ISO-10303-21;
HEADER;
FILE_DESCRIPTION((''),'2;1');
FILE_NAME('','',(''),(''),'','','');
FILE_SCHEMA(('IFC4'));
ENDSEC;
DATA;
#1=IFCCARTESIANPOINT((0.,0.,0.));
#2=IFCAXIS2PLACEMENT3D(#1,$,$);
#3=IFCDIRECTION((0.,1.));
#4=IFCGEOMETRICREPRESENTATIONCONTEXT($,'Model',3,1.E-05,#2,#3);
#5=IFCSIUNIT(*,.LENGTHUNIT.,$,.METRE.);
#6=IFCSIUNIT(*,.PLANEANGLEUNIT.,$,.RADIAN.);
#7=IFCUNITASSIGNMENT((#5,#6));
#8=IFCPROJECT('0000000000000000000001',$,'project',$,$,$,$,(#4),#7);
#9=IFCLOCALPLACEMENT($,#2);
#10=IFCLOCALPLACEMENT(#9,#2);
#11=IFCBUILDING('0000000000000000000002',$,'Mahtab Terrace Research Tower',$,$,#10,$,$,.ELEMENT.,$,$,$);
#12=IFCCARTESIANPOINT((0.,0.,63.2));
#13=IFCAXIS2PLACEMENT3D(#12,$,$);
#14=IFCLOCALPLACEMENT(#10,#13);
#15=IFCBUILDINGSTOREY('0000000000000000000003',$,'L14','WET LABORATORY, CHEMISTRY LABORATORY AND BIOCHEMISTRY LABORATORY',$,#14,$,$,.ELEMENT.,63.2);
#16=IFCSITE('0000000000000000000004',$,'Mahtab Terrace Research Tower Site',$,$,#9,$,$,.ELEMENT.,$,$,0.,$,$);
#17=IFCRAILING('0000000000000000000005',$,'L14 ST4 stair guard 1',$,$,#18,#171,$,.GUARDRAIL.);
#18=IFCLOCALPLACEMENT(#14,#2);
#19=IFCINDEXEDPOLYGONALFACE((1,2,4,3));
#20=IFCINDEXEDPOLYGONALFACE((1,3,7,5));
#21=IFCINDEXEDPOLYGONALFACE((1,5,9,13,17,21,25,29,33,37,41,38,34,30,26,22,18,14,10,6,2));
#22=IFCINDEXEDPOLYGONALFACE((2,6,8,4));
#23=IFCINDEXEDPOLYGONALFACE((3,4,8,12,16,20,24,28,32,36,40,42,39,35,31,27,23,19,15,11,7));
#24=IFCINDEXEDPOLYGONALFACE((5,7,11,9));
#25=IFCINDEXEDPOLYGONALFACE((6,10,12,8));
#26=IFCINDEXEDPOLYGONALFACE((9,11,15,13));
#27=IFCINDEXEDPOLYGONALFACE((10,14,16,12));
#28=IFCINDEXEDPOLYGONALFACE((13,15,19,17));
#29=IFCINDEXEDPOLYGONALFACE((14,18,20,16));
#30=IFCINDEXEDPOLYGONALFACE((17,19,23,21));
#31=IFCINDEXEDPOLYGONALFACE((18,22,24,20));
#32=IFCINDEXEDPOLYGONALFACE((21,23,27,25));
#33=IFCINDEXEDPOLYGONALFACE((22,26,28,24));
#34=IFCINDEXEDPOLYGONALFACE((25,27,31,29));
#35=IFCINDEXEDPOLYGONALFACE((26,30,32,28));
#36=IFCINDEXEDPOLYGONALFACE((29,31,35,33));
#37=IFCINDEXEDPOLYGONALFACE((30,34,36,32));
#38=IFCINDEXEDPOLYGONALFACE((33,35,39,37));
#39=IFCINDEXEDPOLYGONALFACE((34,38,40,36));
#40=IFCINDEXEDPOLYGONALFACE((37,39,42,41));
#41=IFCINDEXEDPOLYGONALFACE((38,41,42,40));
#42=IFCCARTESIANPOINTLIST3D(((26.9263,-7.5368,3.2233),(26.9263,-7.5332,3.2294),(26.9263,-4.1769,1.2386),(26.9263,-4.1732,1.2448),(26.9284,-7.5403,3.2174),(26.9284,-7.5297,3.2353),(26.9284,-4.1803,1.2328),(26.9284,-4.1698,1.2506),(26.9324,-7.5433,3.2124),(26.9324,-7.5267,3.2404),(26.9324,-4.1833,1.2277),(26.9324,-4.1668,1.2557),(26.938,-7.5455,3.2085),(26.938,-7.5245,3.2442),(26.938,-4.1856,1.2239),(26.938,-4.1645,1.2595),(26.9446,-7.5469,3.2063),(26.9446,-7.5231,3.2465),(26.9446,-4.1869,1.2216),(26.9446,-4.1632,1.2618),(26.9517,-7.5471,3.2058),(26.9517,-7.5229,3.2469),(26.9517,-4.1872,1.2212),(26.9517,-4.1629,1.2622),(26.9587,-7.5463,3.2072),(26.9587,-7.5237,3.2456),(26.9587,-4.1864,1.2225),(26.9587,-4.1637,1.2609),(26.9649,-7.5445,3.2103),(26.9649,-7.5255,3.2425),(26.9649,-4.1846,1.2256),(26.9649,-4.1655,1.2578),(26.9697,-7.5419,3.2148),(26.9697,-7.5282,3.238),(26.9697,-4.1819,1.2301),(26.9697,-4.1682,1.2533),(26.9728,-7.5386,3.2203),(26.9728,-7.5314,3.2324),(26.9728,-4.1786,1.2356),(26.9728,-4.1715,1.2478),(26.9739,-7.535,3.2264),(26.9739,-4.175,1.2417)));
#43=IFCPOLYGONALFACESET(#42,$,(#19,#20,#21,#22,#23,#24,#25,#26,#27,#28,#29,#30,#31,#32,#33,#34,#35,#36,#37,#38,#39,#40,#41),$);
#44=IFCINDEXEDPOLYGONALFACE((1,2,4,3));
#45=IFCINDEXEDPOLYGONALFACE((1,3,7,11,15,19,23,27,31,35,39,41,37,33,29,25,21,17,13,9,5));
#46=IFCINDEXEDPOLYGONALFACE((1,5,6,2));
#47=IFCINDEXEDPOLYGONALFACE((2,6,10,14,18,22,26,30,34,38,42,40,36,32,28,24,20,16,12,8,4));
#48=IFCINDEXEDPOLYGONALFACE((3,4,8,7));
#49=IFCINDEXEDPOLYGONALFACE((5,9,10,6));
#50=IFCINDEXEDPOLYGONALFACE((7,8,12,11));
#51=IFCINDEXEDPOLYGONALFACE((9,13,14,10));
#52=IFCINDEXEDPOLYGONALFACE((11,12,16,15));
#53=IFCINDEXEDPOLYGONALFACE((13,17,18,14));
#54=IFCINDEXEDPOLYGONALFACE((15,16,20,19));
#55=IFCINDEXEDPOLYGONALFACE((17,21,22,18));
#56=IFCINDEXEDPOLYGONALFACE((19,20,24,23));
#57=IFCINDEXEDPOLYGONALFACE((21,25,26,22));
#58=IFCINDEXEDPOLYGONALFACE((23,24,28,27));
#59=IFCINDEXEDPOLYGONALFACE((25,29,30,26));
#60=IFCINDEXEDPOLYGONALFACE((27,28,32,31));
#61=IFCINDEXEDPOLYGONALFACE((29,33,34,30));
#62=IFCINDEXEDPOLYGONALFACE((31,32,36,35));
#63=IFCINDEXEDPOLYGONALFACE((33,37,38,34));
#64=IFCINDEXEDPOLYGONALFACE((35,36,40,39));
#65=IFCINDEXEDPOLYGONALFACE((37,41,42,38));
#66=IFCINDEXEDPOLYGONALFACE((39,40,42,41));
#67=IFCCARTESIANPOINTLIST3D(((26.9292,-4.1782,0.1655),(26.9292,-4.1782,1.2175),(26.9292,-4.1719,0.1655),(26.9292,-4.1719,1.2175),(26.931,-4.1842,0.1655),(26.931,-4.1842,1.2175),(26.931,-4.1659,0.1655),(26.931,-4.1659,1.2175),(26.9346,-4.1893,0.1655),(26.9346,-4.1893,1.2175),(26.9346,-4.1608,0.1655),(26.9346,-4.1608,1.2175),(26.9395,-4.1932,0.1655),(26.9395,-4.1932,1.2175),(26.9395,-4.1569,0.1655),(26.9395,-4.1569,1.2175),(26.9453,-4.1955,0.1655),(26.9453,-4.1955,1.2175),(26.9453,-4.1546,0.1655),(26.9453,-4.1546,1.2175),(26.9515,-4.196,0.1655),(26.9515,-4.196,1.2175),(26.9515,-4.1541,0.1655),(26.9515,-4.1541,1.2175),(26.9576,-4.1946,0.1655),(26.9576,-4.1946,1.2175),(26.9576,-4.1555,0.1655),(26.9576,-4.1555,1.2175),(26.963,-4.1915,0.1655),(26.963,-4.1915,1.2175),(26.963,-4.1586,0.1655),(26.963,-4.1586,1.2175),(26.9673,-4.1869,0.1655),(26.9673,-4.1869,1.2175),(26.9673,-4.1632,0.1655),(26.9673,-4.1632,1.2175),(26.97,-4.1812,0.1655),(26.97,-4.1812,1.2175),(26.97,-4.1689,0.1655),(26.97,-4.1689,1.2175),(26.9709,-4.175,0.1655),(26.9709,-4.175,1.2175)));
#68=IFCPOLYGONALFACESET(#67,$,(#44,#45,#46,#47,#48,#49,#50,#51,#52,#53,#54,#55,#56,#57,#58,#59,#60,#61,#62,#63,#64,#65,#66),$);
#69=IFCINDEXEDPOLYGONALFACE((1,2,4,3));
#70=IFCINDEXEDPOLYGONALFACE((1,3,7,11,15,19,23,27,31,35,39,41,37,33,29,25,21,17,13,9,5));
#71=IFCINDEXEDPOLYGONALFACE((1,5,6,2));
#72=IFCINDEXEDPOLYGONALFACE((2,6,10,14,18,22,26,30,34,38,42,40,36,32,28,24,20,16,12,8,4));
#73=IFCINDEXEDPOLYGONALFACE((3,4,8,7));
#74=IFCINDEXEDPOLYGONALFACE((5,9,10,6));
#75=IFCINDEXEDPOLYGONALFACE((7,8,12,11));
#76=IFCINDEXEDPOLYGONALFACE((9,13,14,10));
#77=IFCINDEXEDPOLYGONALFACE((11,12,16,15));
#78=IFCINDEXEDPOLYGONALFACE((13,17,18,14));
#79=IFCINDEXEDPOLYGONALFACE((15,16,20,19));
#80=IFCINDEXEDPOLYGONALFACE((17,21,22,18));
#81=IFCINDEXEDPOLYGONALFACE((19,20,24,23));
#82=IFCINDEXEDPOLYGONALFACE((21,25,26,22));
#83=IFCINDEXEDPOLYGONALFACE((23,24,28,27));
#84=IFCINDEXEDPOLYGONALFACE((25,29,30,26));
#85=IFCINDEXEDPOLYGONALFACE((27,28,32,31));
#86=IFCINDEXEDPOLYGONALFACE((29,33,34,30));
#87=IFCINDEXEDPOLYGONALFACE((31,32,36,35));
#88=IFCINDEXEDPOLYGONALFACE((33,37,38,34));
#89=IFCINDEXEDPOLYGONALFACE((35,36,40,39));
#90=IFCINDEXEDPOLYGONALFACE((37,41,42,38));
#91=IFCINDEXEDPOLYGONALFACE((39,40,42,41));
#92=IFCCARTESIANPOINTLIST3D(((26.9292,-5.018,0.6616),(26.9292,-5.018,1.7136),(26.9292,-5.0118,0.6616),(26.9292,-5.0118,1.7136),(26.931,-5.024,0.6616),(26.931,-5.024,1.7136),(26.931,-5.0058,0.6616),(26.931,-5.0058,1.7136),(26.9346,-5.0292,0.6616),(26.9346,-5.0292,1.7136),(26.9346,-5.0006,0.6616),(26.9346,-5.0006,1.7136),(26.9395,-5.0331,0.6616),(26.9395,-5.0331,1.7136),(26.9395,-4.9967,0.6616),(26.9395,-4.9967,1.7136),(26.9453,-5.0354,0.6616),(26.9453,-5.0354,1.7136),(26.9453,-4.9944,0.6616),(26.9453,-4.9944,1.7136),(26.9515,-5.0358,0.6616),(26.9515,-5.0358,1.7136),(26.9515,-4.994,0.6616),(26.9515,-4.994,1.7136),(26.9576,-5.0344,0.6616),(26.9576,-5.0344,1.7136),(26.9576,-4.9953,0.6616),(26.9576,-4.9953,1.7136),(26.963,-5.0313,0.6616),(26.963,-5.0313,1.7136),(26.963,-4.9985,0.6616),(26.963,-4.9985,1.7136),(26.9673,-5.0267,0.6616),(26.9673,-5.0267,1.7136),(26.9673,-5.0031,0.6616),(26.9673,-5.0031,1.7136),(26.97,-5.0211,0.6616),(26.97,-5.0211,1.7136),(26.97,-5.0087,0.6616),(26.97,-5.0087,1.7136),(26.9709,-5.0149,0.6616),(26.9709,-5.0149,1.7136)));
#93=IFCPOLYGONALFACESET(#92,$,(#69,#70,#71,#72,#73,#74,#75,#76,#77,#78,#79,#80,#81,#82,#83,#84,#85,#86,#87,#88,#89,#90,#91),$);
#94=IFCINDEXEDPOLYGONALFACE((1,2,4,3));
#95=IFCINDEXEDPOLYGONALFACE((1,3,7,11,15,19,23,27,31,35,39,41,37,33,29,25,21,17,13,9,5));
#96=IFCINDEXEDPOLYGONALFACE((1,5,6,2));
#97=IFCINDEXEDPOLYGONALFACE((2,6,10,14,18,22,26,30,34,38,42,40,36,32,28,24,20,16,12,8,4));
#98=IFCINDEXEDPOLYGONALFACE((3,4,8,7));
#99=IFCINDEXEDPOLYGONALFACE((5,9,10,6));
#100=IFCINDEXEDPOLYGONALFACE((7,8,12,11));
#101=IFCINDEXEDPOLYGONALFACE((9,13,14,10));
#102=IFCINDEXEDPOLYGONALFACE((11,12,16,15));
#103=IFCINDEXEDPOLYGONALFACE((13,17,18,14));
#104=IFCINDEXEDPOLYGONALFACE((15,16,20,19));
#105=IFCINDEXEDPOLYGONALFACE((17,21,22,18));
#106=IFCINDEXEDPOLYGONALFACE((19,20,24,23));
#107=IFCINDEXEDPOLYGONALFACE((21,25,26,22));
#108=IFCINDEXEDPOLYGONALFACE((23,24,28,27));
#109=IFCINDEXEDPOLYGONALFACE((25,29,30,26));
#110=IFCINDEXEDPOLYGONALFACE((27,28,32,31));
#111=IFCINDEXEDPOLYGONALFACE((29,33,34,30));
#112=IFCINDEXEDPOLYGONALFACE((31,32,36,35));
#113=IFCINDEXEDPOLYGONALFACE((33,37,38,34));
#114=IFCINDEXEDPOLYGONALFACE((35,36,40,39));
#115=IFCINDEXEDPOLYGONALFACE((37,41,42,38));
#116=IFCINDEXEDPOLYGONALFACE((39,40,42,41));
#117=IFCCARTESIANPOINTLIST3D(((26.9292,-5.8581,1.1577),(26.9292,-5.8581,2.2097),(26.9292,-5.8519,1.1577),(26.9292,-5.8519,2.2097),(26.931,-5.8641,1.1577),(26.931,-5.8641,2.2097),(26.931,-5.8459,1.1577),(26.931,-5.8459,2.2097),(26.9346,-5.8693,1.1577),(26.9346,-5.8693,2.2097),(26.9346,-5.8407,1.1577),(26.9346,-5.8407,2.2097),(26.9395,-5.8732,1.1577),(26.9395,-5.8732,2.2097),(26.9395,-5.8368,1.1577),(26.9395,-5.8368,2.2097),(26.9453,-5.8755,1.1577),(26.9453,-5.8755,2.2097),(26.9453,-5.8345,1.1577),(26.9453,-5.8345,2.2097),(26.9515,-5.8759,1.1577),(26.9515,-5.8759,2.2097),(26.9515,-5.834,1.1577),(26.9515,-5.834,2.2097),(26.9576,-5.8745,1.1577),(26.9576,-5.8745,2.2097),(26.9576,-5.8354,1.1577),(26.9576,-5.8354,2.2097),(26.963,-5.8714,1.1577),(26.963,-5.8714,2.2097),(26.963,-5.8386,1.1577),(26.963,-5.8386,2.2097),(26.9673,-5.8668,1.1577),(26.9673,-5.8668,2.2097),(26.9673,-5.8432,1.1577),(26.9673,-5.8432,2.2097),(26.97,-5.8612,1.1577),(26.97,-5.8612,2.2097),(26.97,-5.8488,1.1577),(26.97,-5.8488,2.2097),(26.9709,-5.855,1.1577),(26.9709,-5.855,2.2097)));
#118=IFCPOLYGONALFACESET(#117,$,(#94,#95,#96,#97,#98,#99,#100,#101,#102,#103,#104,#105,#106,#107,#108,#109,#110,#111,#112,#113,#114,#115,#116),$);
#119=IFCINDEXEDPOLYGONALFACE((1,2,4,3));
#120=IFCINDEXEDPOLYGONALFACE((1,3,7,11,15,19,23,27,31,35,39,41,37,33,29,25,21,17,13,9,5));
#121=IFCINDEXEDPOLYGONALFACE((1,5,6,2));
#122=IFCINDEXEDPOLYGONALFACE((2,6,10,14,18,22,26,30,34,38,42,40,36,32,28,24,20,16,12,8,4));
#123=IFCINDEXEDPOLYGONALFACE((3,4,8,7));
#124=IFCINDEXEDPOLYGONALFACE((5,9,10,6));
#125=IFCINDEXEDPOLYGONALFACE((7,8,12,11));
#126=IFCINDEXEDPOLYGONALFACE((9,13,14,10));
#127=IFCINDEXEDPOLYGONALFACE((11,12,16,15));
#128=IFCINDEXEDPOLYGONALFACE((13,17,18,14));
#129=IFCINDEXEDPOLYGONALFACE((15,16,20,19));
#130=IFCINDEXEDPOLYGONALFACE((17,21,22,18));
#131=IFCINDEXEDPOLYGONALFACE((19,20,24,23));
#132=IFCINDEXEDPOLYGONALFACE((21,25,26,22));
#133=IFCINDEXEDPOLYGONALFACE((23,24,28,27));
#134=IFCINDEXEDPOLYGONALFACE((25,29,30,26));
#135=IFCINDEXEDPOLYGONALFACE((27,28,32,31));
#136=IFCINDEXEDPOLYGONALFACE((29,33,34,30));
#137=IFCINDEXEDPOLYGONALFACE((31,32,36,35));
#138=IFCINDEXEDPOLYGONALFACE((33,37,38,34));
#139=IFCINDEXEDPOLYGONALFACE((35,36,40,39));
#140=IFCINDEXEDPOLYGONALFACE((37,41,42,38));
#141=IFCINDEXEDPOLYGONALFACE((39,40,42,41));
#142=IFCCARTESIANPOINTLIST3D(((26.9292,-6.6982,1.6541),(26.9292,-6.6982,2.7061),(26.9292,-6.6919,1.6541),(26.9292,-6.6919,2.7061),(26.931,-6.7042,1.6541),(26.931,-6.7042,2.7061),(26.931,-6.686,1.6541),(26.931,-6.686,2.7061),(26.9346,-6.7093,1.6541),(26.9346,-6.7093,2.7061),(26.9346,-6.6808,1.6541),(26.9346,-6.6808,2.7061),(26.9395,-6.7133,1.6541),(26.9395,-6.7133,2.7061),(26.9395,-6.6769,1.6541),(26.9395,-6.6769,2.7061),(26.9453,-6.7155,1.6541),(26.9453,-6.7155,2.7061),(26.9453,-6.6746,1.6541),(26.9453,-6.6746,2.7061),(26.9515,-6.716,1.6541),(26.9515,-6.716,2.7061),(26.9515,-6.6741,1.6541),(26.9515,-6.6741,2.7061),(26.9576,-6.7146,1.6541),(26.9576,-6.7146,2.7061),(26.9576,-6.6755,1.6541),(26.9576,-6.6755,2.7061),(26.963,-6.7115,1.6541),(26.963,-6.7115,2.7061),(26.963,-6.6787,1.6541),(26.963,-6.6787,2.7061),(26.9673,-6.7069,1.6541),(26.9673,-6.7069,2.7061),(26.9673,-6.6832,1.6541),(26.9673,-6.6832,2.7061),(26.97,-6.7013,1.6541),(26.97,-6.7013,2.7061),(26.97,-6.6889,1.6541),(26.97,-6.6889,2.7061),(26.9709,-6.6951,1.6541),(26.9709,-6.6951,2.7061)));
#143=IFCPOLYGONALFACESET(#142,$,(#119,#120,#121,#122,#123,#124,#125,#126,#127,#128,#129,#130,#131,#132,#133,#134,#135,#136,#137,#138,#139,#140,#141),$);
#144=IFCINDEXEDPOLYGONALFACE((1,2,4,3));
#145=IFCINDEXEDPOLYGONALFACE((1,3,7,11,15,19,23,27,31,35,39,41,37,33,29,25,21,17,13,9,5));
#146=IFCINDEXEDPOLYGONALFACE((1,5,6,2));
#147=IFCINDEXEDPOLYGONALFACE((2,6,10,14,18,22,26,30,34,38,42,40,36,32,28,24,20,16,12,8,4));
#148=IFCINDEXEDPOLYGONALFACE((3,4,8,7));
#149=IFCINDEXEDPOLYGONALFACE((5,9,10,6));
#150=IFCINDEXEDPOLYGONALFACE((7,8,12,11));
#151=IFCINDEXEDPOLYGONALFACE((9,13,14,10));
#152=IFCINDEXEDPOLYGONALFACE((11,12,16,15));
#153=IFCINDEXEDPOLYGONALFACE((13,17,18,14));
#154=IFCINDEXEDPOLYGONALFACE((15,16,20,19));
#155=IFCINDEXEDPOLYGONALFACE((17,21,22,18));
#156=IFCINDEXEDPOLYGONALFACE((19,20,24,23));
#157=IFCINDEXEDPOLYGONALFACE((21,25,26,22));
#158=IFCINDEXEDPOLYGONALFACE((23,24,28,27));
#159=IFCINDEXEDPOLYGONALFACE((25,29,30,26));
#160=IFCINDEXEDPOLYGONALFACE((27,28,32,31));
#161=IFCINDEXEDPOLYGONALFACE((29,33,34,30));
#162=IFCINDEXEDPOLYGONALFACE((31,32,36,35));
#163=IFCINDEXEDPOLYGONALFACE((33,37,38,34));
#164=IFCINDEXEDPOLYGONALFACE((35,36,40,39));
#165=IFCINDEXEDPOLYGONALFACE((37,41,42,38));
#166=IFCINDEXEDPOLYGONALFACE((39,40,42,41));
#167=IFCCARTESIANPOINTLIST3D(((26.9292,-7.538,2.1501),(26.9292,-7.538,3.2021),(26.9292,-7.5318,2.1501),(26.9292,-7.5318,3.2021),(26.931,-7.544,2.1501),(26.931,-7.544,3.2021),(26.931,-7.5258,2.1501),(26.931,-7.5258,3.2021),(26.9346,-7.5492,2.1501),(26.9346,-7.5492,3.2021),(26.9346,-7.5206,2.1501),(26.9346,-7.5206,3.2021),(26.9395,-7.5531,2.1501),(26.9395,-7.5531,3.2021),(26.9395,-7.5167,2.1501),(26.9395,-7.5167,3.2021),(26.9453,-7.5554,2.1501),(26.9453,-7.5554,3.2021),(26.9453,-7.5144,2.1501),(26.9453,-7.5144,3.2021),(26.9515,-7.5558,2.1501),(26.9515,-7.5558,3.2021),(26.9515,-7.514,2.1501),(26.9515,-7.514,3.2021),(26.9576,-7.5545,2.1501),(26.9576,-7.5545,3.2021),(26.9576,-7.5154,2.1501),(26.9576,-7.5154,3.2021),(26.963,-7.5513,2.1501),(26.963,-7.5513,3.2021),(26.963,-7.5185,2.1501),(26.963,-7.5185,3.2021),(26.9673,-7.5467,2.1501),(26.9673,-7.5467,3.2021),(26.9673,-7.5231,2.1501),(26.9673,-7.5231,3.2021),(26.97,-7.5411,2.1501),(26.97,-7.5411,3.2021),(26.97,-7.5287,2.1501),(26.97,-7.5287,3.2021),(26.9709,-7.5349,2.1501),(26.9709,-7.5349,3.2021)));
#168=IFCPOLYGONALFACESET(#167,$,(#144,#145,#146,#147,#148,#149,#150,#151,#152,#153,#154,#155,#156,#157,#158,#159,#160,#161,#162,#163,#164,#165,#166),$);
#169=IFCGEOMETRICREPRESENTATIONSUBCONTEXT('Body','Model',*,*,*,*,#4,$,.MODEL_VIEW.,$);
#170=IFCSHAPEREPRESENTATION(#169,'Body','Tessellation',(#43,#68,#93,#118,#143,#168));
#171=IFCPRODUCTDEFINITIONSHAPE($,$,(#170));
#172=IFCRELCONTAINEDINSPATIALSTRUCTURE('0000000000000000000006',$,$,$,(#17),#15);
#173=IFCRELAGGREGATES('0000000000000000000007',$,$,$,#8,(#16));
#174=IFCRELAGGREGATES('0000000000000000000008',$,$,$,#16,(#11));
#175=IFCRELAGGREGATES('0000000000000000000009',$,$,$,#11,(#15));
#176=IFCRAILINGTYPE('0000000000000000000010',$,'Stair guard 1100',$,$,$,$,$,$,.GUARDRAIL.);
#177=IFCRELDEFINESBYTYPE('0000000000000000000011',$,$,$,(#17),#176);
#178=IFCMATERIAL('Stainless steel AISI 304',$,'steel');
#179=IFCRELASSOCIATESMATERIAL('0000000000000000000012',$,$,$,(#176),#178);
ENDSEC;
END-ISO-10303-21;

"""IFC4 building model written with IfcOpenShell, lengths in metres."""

from ifc_helpers import new_model, si_unit, direction, frame, origin, origin_2d, place, context, subcontext, project, spatial, circle, extrude, material, type_object, element, save


model = new_model("IFC4")

# Units and contexts
model_context = context("Model", 3, precision=1e-05, world=origin(), true_north=direction((0.0, 1.0)))
body_context = subcontext(model_context, "Body", "Model", "MODEL_VIEW")
ifc_project = project(units=[si_unit("LENGTHUNIT", "METRE"), si_unit("PLANEANGLEUNIT", "RADIAN")], contexts=[model_context])

# Site, building, storey
site_placement = place(None, origin())
site = spatial("IfcSite", under=ifc_project, at=site_placement, Name="Mahtab Terrace Research Tower Site", CompositionType="ELEMENT", RefElevation=0.0)
building_placement = place(site_placement, origin())
building = spatial("IfcBuilding", under=site, at=building_placement, Name="Mahtab Terrace Research Tower", CompositionType="ELEMENT")
storey_placement = place(building_placement, frame((0.0, 0.0, 63.2)))
storey = spatial("IfcBuildingStorey", under=building, at=storey_placement, Name="L14", Description="WET LABORATORY, CHEMISTRY LABORATORY AND BIOCHEMISTRY LABORATORY", CompositionType="ELEMENT", Elevation=63.2)

# Railing
ifc_material_1 = material(Name="Stainless steel AISI 304", Category="steel")
railing_type_1 = type_object("IfcRailingType", Name="Stair guard 1100", PredefinedType="GUARDRAIL", material=ifc_material_1)
railing_1_placement = place(storey_placement, frame((26.95, -4.175, 0.1655)))
element("IfcRailing", 1, at=railing_1_placement, inside=storey, type_object=railing_type_1, Name="L14 ST4 stair guard 1", PredefinedType="GUARDRAIL", context=body_context, shape_type="SweptSolid", body=[
    extrude(circle(Radius=0.0239, at=origin_2d()), frame((0.0, 0.0, 1.0762), z_axis=(0.0, -0.861011, 0.508586), x_axis=(1.0, 0.0, 0.0)), (0.0, 0.0, 1.0), 3.9023),
    extrude(circle(Radius=0.021, at=origin_2d()), origin(), (0.0, 0.0, 1.0), 1.052),
    extrude(circle(Radius=0.021, at=origin_2d()), frame((0.0, -0.8398, 0.4961)), (0.0, 0.0, 1.0), 1.052),
    extrude(circle(Radius=0.021, at=origin_2d()), frame((0.0, -1.6799, 0.9922)), (0.0, 0.0, 1.0), 1.052),
    extrude(circle(Radius=0.021, at=origin_2d()), frame((0.0, -2.52, 1.4885)), (0.0, 0.0, 1.0), 1.052),
    extrude(circle(Radius=0.021, at=origin_2d()), frame((0.0, -3.3599, 1.9846)), (0.0, 0.0, 1.0), 1.052),
])

save(model, "model.ifc")
